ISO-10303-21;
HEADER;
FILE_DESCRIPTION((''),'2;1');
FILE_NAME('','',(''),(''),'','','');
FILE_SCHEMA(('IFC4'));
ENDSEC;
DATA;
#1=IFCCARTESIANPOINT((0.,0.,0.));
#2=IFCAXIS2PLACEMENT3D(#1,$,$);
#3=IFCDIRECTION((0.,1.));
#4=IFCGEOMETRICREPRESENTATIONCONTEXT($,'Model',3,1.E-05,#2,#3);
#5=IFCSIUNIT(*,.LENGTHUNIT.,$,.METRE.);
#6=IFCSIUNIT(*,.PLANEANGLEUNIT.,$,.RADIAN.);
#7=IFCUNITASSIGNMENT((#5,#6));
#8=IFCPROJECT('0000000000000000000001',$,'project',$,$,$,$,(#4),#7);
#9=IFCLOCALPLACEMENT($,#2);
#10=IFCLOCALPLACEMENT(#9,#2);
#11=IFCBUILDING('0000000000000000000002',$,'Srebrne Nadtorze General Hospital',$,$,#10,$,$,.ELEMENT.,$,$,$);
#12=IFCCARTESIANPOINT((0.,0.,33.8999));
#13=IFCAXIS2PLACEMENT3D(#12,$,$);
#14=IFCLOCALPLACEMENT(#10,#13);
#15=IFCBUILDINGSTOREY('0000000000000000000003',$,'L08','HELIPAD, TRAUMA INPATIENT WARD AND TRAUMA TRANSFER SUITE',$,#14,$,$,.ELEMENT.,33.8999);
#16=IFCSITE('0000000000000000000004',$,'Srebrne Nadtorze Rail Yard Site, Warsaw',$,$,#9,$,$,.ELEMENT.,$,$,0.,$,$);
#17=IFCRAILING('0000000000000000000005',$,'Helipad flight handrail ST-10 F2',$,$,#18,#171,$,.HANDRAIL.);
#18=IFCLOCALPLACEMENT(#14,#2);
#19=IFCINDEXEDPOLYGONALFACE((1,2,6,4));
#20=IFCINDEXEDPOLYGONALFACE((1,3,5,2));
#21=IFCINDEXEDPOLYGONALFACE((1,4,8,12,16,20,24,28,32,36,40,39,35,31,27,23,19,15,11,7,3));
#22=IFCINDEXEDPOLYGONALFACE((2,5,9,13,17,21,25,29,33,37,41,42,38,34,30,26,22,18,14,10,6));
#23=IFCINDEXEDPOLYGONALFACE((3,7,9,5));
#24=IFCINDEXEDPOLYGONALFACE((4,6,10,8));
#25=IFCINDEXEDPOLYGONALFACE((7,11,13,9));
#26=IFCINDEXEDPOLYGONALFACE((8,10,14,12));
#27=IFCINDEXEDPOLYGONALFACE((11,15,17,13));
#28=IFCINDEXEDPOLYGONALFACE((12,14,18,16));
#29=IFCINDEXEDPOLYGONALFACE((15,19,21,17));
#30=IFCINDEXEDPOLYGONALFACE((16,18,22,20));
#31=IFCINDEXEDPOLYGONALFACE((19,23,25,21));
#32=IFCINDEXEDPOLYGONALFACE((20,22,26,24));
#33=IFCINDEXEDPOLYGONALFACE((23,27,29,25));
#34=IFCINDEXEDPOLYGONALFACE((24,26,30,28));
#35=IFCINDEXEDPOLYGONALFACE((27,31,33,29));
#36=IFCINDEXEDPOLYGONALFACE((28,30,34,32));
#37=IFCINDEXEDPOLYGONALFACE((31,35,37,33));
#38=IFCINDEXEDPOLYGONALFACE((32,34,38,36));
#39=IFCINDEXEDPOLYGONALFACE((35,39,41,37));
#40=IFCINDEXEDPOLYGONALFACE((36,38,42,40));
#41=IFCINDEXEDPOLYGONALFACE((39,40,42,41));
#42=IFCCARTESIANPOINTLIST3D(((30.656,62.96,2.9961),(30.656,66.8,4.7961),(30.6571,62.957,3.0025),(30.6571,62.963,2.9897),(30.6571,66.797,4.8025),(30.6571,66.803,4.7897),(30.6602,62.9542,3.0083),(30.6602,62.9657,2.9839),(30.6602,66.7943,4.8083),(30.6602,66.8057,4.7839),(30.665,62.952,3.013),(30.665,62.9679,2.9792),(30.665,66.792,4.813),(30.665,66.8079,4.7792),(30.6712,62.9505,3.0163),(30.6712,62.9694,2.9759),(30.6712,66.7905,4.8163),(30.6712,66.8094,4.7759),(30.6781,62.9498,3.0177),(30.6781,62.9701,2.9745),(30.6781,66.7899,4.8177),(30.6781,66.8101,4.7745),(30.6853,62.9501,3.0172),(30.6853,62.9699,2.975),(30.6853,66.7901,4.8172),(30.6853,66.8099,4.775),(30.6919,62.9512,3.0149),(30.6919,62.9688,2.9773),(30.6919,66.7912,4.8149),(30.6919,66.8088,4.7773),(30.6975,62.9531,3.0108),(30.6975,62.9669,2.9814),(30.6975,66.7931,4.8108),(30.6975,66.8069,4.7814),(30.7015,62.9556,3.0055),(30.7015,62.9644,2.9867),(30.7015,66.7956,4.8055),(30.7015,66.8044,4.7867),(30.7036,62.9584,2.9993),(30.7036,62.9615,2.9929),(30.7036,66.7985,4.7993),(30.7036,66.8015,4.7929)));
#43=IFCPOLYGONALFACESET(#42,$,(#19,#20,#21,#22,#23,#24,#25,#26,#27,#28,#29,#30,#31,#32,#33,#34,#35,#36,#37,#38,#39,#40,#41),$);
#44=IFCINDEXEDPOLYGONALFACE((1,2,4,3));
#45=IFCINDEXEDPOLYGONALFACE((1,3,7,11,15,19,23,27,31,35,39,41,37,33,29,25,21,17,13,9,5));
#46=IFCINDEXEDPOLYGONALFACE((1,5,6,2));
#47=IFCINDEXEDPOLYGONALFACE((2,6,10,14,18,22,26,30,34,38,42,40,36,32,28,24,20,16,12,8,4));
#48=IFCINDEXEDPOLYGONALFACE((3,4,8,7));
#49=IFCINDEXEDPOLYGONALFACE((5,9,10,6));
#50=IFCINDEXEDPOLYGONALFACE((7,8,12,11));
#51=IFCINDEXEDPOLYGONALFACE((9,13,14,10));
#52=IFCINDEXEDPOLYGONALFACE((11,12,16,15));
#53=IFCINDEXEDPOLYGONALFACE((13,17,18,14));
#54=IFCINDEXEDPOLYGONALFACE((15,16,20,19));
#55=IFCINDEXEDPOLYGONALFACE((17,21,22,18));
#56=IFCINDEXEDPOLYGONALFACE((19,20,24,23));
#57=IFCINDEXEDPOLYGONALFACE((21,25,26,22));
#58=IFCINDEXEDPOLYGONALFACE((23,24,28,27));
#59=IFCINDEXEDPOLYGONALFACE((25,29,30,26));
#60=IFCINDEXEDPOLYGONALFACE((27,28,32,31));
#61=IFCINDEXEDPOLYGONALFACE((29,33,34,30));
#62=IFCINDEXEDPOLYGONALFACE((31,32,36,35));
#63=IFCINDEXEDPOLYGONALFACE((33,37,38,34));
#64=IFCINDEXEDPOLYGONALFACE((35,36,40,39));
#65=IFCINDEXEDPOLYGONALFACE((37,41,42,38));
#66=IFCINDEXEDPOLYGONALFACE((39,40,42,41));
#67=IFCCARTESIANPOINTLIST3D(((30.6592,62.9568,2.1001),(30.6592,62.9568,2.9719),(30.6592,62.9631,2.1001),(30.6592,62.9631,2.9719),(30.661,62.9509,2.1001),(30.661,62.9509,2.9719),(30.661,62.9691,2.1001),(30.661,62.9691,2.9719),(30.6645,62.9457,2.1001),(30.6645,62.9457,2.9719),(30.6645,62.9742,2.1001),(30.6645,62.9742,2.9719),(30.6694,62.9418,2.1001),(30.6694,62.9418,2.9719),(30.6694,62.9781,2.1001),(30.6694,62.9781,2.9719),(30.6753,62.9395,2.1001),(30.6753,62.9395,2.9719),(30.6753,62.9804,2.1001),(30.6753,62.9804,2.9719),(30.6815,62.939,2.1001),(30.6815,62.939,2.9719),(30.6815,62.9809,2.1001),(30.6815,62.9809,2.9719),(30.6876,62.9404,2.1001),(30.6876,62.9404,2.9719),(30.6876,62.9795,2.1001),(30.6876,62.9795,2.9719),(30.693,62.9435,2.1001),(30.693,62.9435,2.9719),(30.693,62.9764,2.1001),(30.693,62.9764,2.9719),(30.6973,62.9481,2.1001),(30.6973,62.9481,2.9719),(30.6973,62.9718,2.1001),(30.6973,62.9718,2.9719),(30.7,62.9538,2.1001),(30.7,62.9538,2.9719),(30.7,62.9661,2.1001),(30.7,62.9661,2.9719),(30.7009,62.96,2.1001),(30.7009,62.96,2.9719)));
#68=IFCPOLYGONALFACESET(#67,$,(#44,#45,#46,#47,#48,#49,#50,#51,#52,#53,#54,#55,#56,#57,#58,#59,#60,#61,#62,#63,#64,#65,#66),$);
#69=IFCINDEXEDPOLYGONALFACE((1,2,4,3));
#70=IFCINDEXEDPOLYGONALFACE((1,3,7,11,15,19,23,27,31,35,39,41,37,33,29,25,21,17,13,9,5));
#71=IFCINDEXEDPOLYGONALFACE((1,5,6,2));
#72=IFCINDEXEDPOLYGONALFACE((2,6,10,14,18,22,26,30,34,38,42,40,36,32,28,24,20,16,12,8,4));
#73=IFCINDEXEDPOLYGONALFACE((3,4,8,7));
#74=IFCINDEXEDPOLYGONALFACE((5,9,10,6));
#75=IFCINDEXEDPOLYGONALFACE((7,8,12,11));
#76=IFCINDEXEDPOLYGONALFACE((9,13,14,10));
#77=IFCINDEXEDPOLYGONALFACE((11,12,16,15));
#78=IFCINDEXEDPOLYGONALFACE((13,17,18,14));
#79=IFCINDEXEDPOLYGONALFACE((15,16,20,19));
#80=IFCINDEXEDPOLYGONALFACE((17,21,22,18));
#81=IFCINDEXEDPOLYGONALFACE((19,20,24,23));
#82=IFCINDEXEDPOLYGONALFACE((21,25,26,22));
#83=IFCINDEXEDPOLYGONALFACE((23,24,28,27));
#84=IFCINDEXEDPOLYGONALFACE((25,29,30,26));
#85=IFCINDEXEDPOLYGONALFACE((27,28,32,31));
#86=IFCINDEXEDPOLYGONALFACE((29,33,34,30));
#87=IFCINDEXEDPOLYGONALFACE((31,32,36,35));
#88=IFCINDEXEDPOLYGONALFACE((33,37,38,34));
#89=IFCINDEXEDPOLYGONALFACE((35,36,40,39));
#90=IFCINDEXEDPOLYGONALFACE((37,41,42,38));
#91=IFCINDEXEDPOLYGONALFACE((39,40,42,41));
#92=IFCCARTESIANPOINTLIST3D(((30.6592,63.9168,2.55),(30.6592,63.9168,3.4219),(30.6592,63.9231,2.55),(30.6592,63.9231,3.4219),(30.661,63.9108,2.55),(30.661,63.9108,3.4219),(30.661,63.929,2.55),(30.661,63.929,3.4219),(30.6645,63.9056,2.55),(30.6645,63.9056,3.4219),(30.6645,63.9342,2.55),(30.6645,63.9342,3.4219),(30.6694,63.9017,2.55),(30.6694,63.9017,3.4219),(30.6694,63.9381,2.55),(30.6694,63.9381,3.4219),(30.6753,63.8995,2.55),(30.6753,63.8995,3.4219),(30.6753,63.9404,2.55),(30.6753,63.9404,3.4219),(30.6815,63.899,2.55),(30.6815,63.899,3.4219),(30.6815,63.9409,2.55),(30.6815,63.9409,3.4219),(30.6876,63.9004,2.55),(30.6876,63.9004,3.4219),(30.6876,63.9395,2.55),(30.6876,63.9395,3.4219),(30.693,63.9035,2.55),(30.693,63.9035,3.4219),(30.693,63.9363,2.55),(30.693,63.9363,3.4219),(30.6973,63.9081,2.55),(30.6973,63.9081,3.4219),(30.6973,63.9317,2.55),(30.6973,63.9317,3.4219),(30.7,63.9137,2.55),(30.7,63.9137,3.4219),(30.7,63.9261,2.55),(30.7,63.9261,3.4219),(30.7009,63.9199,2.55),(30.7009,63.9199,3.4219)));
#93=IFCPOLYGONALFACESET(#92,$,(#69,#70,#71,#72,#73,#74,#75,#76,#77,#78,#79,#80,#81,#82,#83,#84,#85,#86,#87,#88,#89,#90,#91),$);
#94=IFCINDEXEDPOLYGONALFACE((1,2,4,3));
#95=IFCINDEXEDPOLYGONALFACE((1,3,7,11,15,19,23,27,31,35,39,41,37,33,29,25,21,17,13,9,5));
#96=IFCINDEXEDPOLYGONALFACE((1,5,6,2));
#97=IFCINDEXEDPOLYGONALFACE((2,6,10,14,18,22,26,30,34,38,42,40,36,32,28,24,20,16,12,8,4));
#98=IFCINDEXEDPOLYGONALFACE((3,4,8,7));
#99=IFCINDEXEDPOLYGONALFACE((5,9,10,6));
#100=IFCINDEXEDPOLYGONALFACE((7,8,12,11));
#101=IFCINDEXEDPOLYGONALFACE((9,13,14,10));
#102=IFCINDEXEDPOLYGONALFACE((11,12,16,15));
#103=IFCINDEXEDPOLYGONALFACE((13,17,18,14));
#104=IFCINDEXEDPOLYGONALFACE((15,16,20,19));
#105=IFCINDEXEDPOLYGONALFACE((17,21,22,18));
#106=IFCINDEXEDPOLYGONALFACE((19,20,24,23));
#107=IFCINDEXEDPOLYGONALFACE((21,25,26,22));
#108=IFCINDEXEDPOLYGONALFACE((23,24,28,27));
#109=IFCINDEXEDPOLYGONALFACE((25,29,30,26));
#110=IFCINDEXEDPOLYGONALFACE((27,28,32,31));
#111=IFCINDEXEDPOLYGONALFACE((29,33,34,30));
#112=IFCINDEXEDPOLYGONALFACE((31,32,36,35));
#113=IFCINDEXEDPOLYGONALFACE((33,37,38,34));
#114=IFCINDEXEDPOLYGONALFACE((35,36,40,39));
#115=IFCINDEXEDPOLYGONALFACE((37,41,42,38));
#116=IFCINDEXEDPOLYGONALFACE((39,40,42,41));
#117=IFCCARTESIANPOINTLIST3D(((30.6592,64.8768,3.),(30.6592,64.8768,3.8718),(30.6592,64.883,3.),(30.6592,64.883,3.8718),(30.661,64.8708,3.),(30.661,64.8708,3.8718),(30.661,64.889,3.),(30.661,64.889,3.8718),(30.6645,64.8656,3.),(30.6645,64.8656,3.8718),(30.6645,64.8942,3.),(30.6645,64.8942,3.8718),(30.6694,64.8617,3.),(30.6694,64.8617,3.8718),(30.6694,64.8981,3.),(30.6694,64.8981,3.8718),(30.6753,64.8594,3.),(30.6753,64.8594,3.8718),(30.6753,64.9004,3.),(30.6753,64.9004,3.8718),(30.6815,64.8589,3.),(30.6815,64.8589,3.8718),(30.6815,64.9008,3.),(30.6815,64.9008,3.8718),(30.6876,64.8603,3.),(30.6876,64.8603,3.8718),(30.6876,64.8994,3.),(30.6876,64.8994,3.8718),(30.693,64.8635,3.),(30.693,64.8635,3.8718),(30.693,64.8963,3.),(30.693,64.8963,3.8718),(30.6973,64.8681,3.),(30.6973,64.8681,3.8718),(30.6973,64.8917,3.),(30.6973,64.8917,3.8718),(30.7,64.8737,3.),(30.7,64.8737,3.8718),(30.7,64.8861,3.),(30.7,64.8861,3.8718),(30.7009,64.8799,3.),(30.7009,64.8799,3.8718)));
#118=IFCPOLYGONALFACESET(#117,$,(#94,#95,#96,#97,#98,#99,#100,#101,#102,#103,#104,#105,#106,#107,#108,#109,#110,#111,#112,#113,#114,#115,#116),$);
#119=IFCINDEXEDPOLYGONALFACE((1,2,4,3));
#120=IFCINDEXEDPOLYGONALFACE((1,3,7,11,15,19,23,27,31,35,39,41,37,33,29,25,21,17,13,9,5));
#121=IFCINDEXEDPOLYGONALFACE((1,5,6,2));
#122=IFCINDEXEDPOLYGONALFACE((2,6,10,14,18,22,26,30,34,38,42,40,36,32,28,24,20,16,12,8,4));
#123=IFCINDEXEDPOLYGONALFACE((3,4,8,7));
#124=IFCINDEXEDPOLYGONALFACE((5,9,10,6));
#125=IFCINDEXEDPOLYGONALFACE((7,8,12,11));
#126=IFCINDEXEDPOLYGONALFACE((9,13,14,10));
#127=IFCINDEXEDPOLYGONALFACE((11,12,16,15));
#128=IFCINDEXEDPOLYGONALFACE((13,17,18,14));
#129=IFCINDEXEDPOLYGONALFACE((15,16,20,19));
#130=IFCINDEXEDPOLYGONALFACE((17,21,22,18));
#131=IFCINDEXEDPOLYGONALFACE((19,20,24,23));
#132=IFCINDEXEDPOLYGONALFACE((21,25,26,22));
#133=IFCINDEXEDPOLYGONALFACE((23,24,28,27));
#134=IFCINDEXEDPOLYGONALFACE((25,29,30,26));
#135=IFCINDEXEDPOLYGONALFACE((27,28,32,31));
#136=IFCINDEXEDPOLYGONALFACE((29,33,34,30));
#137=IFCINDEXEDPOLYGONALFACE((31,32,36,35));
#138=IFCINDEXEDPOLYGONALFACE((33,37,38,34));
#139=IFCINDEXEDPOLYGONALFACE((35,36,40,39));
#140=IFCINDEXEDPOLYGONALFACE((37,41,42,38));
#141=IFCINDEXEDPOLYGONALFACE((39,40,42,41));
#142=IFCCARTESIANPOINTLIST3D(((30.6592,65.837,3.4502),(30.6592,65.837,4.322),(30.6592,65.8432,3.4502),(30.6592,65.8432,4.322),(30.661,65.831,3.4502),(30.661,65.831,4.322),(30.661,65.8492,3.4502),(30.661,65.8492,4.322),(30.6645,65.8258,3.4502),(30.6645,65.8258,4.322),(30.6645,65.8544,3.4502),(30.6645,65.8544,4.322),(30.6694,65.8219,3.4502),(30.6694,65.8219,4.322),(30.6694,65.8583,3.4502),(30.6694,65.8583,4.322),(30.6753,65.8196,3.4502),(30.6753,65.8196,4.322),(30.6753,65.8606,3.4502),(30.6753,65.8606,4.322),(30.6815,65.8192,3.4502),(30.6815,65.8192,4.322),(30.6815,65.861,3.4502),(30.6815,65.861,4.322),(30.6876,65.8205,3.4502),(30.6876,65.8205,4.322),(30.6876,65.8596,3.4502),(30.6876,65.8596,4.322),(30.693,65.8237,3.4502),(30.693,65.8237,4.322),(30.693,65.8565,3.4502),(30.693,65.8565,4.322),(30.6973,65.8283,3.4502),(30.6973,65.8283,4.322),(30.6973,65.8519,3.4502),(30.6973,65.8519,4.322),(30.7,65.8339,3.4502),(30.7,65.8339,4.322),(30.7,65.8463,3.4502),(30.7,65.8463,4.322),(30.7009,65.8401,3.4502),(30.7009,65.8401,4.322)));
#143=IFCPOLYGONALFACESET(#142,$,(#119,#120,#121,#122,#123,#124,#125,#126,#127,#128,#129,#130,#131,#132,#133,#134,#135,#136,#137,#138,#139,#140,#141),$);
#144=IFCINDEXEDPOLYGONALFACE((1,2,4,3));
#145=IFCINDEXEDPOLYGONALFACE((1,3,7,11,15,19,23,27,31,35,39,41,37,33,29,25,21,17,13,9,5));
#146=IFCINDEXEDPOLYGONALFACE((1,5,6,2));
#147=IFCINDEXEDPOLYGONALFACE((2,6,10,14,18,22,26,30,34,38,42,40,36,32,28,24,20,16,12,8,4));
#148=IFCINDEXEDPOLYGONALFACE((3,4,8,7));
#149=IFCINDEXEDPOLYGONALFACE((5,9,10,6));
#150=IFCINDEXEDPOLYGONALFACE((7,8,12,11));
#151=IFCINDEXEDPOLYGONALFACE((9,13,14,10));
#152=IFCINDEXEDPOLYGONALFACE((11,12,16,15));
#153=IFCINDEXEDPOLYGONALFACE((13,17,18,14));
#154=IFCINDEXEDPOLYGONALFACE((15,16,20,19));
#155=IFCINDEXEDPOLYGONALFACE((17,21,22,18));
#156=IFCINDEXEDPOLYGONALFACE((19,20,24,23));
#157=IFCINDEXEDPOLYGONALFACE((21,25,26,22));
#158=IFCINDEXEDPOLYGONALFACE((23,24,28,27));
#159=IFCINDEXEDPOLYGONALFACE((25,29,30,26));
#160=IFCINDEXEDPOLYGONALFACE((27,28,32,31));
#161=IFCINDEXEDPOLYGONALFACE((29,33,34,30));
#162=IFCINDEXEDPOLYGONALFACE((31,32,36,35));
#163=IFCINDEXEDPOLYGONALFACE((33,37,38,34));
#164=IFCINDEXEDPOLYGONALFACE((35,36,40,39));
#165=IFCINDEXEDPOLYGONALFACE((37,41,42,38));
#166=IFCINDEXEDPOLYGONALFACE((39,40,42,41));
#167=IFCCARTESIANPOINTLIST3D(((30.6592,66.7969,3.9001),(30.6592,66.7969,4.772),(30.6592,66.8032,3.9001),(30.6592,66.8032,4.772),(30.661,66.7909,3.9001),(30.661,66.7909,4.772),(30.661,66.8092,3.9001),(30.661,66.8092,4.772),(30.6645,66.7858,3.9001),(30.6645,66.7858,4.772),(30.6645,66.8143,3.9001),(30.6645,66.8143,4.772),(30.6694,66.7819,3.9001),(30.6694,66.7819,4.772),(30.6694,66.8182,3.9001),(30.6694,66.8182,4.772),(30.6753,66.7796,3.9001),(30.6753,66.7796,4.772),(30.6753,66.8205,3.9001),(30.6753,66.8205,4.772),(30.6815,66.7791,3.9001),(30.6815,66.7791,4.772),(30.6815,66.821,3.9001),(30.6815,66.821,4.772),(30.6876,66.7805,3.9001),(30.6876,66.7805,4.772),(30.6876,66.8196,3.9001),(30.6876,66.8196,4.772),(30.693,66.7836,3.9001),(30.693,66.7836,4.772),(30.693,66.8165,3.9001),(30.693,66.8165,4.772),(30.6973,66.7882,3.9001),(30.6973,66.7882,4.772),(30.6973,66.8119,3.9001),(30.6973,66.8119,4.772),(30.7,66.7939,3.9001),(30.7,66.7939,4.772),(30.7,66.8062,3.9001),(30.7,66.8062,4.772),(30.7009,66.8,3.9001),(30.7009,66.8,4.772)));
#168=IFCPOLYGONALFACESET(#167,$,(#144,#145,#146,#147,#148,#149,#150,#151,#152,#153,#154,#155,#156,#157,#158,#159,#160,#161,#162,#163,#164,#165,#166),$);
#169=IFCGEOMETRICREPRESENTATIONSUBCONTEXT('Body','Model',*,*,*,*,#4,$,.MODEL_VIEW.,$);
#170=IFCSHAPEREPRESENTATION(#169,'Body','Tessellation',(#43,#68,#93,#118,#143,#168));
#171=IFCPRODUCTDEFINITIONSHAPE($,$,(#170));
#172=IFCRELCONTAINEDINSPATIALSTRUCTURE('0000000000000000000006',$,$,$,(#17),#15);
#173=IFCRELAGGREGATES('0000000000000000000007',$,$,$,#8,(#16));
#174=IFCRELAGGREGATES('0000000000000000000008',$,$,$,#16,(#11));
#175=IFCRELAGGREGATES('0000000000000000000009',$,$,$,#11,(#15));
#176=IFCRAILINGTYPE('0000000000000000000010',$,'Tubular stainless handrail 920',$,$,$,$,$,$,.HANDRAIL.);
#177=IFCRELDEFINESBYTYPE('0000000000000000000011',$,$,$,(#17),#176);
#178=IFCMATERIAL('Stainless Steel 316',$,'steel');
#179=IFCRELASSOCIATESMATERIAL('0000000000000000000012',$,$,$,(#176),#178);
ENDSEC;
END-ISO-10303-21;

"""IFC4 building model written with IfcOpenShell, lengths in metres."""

from ifc_helpers import new_model, si_unit, direction, frame, origin, origin_2d, place, context, subcontext, project, spatial, circle, extrude, material, type_object, element, save


model = new_model("IFC4")

# Units and contexts
model_context = context("Model", 3, precision=1e-05, world=origin(), true_north=direction((0.0, 1.0)))
body_context = subcontext(model_context, "Body", "Model", "MODEL_VIEW")
ifc_project = project(units=[si_unit("LENGTHUNIT", "METRE"), si_unit("PLANEANGLEUNIT", "RADIAN")], contexts=[model_context])

# Site, building, storey
site_placement = place(None, origin())
site = spatial("IfcSite", under=ifc_project, at=site_placement, Name="Srebrne Nadtorze Rail Yard Site, Warsaw", CompositionType="ELEMENT", RefElevation=0.0)
building_placement = place(site_placement, origin())
building = spatial("IfcBuilding", under=site, at=building_placement, Name="Srebrne Nadtorze General Hospital", CompositionType="ELEMENT")
storey_placement = place(building_placement, frame((0.0, 0.0, 33.8999)))
storey = spatial("IfcBuildingStorey", under=building, at=storey_placement, Name="L08", Description="HELIPAD, TRAUMA INPATIENT WARD AND TRAUMA TRANSFER SUITE", CompositionType="ELEMENT", Elevation=33.8999)

# Railing
ifc_material_1 = material(Name="Stainless Steel 316", Category="steel")
railing_type_1 = type_object("IfcRailingType", Name="Tubular stainless handrail 920", PredefinedType="HANDRAIL", material=ifc_material_1)
railing_1_placement = place(storey_placement, frame((30.6799, 62.96, 2.1001)))
element("IfcRailing", 1, at=railing_1_placement, inside=storey, type_object=railing_type_1, Name="Helipad flight handrail ST-10 F2", PredefinedType="HANDRAIL", context=body_context, shape_type="SweptSolid", body=[
    extrude(circle(Radius=0.0239, at=origin_2d()), frame((0.0, 0.0, 0.896), z_axis=(0.0, 0.905458, 0.424435), x_axis=(-1.0, 0.0, 0.0)), (0.0, 0.0, 1.0), 4.241),
    extrude(circle(Radius=0.021, at=origin_2d()), origin(), (0.0, 0.0, 1.0), 0.8718),
    extrude(circle(Radius=0.021, at=origin_2d()), frame((0.0, 0.96, 0.45)), (0.0, 0.0, 1.0), 0.8718),
    extrude(circle(Radius=0.021, at=origin_2d()), frame((0.0, 1.9199, 0.8999)), (0.0, 0.0, 1.0), 0.8718),
    extrude(circle(Radius=0.021, at=origin_2d()), frame((0.0, 2.8801, 1.3501)), (0.0, 0.0, 1.0), 0.8718),
    extrude(circle(Radius=0.021, at=origin_2d()), frame((0.0, 3.8401, 1.8)), (0.0, 0.0, 1.0), 0.8718),
])

save(model, "model.ifc")
